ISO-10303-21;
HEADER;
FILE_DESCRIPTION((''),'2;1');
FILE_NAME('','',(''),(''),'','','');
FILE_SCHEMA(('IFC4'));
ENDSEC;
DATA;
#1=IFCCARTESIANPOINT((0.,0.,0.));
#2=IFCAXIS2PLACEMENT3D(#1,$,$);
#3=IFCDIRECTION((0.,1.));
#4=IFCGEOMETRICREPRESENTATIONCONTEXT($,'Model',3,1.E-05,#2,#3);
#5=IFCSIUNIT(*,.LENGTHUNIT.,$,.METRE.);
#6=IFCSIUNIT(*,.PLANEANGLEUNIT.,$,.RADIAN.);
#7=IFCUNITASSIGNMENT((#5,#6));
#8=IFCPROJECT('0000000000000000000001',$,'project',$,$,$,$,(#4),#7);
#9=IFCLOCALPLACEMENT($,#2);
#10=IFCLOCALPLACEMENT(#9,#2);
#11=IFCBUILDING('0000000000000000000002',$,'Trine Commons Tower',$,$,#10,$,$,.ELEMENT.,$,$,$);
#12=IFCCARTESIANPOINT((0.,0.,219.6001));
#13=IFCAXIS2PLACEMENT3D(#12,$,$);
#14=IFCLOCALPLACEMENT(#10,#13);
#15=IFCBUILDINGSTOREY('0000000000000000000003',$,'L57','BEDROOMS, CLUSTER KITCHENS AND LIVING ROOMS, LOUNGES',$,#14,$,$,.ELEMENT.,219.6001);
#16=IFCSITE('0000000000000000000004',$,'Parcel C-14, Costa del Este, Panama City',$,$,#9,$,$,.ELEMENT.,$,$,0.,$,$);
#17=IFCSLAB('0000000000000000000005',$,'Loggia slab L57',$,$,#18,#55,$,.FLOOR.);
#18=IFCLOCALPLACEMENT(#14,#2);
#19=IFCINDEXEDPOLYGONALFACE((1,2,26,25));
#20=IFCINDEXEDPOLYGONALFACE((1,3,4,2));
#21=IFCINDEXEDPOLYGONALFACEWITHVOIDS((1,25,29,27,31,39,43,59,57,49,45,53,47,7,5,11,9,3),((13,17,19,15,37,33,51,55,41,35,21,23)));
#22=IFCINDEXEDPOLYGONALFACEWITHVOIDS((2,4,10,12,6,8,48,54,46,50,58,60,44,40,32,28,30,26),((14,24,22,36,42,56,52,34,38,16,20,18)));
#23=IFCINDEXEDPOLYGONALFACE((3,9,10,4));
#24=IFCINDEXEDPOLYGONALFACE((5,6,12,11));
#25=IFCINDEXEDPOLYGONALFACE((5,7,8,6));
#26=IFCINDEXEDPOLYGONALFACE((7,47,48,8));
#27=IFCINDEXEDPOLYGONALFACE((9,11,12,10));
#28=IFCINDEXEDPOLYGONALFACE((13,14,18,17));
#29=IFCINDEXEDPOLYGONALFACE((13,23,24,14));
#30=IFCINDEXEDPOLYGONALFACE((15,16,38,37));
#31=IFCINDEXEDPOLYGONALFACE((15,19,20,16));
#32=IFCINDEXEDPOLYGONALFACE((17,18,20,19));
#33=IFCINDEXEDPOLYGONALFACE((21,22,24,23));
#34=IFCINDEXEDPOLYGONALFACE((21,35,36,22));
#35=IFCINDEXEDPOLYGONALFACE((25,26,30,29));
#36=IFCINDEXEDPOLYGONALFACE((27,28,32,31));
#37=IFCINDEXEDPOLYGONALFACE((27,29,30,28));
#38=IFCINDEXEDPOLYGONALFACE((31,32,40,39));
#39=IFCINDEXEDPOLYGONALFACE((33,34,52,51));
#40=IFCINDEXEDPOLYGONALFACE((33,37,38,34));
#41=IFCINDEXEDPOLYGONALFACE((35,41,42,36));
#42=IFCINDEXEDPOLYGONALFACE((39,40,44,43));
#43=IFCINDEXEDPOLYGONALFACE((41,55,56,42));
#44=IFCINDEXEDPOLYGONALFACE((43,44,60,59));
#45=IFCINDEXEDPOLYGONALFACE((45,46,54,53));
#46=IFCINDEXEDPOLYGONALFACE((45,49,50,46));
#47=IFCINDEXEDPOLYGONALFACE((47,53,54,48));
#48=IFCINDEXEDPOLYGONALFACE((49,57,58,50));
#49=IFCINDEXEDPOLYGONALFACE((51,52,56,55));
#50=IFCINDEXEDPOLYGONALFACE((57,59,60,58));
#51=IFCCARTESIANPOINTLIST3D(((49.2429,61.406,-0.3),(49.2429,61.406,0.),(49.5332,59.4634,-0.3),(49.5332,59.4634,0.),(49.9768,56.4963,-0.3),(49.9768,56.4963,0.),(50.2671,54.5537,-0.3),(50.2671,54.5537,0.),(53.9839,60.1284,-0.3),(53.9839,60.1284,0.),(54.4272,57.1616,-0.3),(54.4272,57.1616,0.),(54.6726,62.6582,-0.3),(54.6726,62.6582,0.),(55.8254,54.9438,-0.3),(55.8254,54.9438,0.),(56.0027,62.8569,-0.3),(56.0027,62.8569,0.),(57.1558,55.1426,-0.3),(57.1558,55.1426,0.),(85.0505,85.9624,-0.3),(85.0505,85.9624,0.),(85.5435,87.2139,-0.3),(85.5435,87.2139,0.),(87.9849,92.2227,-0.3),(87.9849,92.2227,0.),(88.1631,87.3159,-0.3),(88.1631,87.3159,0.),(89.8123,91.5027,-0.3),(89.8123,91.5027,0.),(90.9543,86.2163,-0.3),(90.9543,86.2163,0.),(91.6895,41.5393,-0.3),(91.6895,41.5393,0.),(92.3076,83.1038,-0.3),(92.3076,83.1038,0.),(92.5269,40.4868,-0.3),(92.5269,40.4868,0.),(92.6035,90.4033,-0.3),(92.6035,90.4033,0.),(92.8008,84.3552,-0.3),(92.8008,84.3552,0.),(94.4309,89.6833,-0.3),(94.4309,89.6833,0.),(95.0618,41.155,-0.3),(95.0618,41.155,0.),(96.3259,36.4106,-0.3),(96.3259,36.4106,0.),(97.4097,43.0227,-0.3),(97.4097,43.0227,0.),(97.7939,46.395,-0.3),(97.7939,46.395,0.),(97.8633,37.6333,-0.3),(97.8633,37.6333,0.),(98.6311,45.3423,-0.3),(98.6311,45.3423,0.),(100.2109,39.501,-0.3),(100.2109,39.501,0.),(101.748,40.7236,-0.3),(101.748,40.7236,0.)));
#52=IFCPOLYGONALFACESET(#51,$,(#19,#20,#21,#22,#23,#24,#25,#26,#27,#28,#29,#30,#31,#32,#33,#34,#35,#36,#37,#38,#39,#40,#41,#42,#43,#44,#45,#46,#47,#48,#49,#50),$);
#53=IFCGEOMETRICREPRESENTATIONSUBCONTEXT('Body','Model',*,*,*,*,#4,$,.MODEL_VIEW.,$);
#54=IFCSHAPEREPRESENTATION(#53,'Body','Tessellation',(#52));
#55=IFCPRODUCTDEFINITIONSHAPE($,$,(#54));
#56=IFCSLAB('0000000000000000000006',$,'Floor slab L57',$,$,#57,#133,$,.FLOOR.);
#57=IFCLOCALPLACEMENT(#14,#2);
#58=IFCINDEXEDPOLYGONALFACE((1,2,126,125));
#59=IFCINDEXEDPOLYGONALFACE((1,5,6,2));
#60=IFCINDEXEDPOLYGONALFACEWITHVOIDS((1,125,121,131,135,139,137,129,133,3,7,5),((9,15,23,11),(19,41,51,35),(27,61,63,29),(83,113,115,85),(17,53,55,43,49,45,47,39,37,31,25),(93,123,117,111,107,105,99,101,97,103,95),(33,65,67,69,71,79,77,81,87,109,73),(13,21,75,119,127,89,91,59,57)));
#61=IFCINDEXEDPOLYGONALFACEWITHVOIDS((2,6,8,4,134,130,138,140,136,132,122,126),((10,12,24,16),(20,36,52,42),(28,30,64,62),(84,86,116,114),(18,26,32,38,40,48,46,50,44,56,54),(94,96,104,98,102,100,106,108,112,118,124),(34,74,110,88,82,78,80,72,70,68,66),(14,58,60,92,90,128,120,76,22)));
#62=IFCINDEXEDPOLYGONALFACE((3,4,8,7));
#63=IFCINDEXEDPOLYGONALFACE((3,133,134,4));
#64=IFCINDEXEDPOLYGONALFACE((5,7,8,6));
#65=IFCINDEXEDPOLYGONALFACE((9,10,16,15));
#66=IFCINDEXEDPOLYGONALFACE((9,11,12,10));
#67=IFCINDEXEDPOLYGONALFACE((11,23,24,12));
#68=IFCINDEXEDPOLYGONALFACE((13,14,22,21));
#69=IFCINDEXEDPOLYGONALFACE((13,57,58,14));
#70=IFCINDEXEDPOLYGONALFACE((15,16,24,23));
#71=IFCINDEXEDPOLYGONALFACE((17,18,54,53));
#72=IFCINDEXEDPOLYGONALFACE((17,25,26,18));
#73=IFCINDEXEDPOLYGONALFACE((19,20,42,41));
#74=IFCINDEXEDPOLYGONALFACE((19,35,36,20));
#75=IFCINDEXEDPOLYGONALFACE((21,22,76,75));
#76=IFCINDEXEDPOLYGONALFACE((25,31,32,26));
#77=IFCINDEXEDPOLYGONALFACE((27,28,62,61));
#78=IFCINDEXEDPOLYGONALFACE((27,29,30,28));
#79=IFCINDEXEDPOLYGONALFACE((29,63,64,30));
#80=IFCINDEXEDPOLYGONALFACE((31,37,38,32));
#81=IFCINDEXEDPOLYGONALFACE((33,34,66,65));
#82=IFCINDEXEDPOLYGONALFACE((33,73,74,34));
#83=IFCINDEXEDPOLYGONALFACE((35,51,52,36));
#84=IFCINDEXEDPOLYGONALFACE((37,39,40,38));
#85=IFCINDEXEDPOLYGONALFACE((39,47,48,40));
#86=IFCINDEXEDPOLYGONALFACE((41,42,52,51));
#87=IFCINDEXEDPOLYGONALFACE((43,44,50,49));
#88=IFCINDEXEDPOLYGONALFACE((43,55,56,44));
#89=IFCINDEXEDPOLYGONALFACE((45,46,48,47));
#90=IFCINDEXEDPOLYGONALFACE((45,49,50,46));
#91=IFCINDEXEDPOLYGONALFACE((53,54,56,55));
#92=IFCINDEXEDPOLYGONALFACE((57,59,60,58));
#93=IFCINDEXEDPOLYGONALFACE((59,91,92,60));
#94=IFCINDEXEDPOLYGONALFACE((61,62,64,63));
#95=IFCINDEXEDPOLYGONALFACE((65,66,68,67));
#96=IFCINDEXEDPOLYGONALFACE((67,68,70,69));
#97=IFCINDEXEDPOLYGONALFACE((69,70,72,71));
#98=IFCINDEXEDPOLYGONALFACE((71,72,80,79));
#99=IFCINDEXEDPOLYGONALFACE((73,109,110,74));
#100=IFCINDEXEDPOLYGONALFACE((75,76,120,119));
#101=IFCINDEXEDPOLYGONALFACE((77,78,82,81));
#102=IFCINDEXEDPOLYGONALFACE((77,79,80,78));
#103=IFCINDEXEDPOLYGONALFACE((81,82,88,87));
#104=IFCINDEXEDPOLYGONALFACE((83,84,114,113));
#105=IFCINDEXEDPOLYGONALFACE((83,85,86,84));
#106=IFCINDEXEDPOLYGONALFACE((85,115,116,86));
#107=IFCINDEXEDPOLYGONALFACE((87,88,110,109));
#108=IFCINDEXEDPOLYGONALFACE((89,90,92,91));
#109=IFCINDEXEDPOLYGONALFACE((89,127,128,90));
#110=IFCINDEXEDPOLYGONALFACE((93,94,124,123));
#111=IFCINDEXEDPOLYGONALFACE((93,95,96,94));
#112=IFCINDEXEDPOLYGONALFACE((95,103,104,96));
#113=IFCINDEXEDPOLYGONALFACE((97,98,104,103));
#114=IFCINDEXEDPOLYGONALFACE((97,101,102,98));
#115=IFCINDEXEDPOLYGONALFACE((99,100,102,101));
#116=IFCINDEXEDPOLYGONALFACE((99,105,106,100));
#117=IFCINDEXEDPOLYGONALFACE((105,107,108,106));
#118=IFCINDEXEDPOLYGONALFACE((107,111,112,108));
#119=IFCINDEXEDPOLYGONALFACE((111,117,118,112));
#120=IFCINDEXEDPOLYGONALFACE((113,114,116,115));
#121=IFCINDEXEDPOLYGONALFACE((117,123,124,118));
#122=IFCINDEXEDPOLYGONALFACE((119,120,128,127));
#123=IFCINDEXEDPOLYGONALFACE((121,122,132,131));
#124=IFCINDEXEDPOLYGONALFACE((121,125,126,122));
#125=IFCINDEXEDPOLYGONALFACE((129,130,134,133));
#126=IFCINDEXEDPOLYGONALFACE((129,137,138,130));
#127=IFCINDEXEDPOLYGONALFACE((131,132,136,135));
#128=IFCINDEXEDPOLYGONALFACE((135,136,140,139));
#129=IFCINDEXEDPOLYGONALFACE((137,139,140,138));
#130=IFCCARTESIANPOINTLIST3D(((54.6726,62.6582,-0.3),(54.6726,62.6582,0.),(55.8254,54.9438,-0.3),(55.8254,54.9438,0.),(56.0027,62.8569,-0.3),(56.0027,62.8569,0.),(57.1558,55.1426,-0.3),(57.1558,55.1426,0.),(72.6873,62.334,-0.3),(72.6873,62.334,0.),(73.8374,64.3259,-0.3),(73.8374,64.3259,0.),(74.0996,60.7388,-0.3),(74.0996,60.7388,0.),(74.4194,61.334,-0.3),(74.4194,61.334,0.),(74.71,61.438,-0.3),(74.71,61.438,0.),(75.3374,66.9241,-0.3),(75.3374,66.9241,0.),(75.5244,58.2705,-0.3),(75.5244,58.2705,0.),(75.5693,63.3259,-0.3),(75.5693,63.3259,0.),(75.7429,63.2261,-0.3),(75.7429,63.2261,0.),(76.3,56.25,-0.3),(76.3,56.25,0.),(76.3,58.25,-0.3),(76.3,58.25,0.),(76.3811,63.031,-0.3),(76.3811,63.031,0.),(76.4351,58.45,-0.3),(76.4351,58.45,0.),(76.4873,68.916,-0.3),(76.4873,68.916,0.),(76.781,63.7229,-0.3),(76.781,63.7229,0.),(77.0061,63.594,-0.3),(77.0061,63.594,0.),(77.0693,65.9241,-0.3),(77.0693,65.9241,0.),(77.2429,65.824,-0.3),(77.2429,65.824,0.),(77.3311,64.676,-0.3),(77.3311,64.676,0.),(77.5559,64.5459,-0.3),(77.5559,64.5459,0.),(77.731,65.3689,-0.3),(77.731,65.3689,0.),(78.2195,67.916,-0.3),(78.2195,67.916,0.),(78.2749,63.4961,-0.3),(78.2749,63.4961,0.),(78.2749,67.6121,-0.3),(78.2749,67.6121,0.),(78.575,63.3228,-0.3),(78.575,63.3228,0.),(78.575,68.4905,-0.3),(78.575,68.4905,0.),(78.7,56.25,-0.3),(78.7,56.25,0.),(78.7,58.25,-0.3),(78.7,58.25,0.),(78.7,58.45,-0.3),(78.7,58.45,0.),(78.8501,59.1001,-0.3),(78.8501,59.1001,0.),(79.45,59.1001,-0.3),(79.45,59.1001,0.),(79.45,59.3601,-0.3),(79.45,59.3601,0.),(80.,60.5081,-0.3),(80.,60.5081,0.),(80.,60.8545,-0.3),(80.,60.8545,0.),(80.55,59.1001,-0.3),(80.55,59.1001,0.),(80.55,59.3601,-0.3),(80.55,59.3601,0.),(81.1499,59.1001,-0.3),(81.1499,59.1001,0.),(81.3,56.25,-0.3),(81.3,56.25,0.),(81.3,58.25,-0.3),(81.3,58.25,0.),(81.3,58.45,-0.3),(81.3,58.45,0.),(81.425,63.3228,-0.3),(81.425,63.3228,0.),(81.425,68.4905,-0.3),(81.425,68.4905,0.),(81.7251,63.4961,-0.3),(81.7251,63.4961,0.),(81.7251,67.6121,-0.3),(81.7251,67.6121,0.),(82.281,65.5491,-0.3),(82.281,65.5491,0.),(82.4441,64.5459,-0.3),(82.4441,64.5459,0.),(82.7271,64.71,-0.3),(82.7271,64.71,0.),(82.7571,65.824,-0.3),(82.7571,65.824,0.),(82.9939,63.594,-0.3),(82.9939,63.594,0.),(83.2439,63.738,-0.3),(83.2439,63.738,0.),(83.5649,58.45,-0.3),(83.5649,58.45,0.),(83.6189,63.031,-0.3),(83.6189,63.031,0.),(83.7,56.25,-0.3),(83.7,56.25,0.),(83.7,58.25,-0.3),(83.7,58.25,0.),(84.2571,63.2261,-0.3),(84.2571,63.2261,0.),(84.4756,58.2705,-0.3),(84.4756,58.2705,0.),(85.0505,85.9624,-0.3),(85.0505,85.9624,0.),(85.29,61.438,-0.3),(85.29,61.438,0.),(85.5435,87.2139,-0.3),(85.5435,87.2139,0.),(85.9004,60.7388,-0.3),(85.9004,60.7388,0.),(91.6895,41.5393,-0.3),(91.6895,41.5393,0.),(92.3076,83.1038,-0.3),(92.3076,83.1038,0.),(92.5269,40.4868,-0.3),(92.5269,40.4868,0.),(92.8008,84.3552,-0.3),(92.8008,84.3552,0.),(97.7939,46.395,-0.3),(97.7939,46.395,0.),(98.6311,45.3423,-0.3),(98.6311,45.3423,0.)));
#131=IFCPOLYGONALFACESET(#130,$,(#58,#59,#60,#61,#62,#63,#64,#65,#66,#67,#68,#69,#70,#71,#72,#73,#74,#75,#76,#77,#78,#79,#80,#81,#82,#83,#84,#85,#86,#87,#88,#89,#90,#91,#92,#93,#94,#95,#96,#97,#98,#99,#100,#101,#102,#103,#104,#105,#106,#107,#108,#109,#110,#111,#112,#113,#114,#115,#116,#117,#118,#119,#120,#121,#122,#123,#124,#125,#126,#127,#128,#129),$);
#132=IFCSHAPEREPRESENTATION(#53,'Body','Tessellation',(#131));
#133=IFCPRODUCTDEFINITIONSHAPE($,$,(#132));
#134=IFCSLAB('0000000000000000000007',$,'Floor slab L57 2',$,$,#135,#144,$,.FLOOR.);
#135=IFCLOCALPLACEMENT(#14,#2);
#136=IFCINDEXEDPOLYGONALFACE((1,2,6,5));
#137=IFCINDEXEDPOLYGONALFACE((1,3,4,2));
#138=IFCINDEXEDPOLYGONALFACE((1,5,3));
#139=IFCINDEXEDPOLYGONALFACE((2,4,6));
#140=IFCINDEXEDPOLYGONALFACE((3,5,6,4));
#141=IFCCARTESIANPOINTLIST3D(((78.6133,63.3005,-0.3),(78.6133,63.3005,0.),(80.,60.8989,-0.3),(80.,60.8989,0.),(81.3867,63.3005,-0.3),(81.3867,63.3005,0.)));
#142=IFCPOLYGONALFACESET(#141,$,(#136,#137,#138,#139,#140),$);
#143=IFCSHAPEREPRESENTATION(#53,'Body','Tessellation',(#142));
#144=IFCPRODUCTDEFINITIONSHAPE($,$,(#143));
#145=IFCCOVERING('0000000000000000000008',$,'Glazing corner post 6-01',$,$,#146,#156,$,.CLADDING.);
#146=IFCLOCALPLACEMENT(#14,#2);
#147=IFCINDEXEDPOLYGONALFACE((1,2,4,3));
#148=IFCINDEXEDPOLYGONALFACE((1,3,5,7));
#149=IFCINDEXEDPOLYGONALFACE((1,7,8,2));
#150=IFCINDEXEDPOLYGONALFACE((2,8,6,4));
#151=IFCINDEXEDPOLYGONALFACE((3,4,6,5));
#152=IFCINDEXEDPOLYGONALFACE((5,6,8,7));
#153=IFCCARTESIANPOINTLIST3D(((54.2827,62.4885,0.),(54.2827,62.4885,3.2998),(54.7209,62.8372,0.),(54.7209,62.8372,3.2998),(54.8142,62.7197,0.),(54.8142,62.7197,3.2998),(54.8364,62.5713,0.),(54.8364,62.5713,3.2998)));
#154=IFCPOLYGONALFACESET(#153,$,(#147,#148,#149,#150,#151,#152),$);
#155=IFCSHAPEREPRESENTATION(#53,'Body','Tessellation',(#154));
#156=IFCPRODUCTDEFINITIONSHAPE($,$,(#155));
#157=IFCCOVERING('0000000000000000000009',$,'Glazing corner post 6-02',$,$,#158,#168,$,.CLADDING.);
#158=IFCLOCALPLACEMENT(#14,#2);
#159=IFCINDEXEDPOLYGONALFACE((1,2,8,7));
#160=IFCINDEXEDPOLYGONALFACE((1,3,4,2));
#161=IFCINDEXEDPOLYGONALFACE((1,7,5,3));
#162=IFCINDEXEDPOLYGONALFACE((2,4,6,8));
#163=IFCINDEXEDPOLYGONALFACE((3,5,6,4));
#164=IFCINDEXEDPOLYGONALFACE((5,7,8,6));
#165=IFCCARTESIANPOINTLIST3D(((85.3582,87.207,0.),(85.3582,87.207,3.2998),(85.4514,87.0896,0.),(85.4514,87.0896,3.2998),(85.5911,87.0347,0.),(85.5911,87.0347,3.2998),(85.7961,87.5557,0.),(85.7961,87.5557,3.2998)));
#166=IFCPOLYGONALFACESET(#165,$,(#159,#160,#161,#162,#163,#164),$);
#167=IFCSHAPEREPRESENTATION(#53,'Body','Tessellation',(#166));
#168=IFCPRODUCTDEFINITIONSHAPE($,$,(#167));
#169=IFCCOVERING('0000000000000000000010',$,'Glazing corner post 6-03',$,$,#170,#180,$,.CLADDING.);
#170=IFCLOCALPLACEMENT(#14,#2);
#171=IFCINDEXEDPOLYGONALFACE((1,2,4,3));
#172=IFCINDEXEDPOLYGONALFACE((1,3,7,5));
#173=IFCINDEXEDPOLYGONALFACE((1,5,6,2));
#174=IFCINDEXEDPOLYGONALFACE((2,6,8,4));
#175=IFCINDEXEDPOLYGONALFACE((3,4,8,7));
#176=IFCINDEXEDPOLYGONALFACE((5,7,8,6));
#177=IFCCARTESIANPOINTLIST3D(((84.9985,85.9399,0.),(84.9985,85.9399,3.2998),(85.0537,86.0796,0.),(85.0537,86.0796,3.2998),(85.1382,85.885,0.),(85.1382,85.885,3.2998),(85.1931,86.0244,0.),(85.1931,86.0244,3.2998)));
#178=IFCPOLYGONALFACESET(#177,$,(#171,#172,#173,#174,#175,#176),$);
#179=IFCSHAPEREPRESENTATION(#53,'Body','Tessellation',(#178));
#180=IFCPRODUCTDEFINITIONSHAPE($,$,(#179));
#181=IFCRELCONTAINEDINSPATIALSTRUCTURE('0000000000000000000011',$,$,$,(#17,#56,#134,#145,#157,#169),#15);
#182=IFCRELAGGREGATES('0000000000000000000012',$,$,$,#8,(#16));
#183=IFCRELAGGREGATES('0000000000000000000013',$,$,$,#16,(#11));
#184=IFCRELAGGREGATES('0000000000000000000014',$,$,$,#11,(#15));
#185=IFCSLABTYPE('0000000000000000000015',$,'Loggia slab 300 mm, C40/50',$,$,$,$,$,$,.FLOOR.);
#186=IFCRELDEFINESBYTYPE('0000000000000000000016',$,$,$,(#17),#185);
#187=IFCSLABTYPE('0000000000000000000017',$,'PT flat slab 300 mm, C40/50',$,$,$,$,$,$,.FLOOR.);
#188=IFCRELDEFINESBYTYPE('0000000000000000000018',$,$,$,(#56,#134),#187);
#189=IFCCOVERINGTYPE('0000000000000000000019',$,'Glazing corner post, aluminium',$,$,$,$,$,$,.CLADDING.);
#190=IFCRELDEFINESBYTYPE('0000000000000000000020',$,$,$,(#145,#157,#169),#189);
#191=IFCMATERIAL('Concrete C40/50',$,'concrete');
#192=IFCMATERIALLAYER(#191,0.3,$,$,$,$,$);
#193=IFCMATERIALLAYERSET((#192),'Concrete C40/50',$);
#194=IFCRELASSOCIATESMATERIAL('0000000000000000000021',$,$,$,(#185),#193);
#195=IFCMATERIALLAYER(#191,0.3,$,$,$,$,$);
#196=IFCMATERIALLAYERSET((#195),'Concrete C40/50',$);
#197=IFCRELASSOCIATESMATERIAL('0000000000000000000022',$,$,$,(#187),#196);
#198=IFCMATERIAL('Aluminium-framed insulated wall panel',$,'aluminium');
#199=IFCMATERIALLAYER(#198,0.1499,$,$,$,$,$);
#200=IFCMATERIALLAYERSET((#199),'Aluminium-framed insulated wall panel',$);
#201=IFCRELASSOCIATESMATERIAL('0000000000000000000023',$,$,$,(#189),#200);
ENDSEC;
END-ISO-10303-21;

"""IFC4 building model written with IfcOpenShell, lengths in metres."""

from ifc_helpers import new_model, si_unit, direction, frame, origin, place, context, subcontext, project, spatial, polyline, outline, extrude, material, layer, layer_set, type_object, element, save


model = new_model("IFC4")

# Units and contexts
model_context = context("Model", 3, precision=1e-05, world=origin(), true_north=direction((0.0, 1.0)))
body_context = subcontext(model_context, "Body", "Model", "MODEL_VIEW")
ifc_project = project(units=[si_unit("LENGTHUNIT", "METRE"), si_unit("PLANEANGLEUNIT", "RADIAN")], contexts=[model_context])

# Site, building, storey
site_placement = place(None, origin())
site = spatial("IfcSite", under=ifc_project, at=site_placement, Name="Parcel C-14, Costa del Este, Panama City", CompositionType="ELEMENT", RefElevation=0.0)
building_placement = place(site_placement, origin())
building = spatial("IfcBuilding", under=site, at=building_placement, Name="Trine Commons Tower", CompositionType="ELEMENT")
storey_placement = place(building_placement, frame((0.0, 0.0, 219.6001)))
storey = spatial("IfcBuildingStorey", under=building, at=storey_placement, Name="L57", Description="BEDROOMS, CLUSTER KITCHENS AND LIVING ROOMS, LOUNGES", CompositionType="ELEMENT", Elevation=219.6001)

# Slabs
ifc_material_1 = material(Name="Concrete C40/50", Category="concrete")
ifc_layer_1 = layer(ifc_material_1, 0.3)
ifc_layer_set_1 = layer_set([ifc_layer_1], Name="Concrete C40/50")
slab_type_1 = type_object("IfcSlabType", Name="Loggia slab 300 mm, C40/50", PredefinedType="FLOOR", material=ifc_layer_set_1)
slab_1_placement = place(storey_placement, frame((0.0, 0.0, -0.3)))
element("IfcSlab", 1, at=slab_1_placement, inside=storey, type_object=slab_type_1, Name="Loggia slab L57", PredefinedType="FLOOR", context=body_context, shape_type="SweptSolid", body=[
    extrude(outline(polyline([(101.748, 40.7236), (94.4309, 89.6833), (92.6035, 90.4033), (90.9543, 86.2163), (88.1631, 87.3159), (89.8123, 91.5027), (87.9849, 92.2227), (49.2429, 61.406), (49.5332, 59.4634), (53.9839, 60.1284), (54.4272, 57.1616), (49.9768, 56.4963), (50.2671, 54.5537), (96.3259, 36.4106), (97.8633, 37.6333), (95.0618, 41.155), (97.4097, 43.0227), (100.2109, 39.501), (101.748, 40.7236)]), holes=[polyline([(56.0027, 62.8569), (57.1558, 55.1426), (55.8254, 54.9438), (92.5269, 40.4868), (91.6895, 41.5393), (97.7939, 46.395), (98.6311, 45.3423), (92.8008, 84.3552), (92.3076, 83.1038), (85.0505, 85.9624), (85.5435, 87.2139), (54.6726, 62.6582), (56.0027, 62.8569)])]), origin(), (0.0, 0.0, 1.0), 0.3),
])
ifc_layer_2 = layer(ifc_material_1, 0.3)
ifc_layer_set_2 = layer_set([ifc_layer_2], Name="Concrete C40/50")
slab_type_2 = type_object("IfcSlabType", Name="PT flat slab 300 mm, C40/50", PredefinedType="FLOOR", material=ifc_layer_set_2)
slab_2_placement = place(storey_placement, frame((0.0, 0.0, -0.3)))
element("IfcSlab", 2, at=slab_2_placement, inside=storey, type_object=slab_type_2, Name="Floor slab L57", PredefinedType="FLOOR", context=body_context, shape_type="SweptSolid", body=[
    extrude(outline(polyline([(54.6726, 62.6582), (56.0027, 62.8569), (57.1558, 55.1426), (55.8254, 54.9438), (92.5269, 40.4868), (91.6895, 41.5393), (97.7939, 46.395), (98.6311, 45.3423), (92.8008, 84.3552), (92.3076, 83.1038), (85.0505, 85.9624), (85.5435, 87.2139), (54.6726, 62.6582)]), holes=[polyline([(78.7, 56.25), (78.7, 58.25), (76.3, 58.25), (76.3, 56.25), (78.7, 56.25)]), polyline([(83.7, 56.25), (83.7, 58.25), (81.3, 58.25), (81.3, 56.25), (83.7, 56.25)]), polyline([(81.3, 58.45), (83.5649, 58.45), (80.0, 60.5081), (76.4351, 58.45), (78.7, 58.45), (78.8501, 59.1001), (79.45, 59.1001), (79.45, 59.3601), (80.55, 59.3601), (80.55, 59.1001), (81.1499, 59.1001), (81.3, 58.45)]), polyline([(81.425, 63.3228), (81.425, 68.4905), (78.575, 68.4905), (78.575, 63.3228), (74.0996, 60.7388), (75.5244, 58.2705), (80.0, 60.8545), (84.4756, 58.2705), (85.9004, 60.7388), (81.425, 63.3228)]), polyline([(72.6873, 62.334), (74.4194, 61.334), (75.5693, 63.3259), (73.8374, 64.3259), (72.6873, 62.334)]), polyline([(76.3811, 63.031), (75.7429, 63.2261), (74.71, 61.438), (78.2749, 63.4961), (78.2749, 67.6121), (77.2429, 65.824), (77.731, 65.3689), (77.3311, 64.676), (77.5559, 64.5459), (77.0061, 63.594), (76.781, 63.7229), (76.3811, 63.031)]), polyline([(82.9939, 63.594), (82.4441, 64.5459), (82.7271, 64.71), (82.281, 65.5491), (82.7571, 65.824), (81.7251, 67.6121), (81.7251, 63.4961), (85.29, 61.438), (84.2571, 63.2261), (83.6189, 63.031), (83.2439, 63.738), (82.9939, 63.594)]), polyline([(76.4873, 68.916), (75.3374, 66.9241), (77.0693, 65.9241), (78.2195, 67.916), (76.4873, 68.916)])]), origin(), (0.0, 0.0, 1.0), 0.3),
])
slab_3_placement = place(storey_placement, frame((0.0, 0.0, -0.3)))
element("IfcSlab", 3, at=slab_3_placement, inside=storey, type_object=slab_type_2, Name="Floor slab L57 2", PredefinedType="FLOOR", context=body_context, shape_type="SweptSolid", body=[
    extrude(outline(polyline([(81.3867, 63.3005), (78.6133, 63.3005), (80.0, 60.8989), (81.3867, 63.3005)])), origin(), (0.0, 0.0, 1.0), 0.3),
])

# Coverings
ifc_material_2 = material(Name="Aluminium-framed insulated wall panel", Category="aluminium")
ifc_layer_3 = layer(ifc_material_2, 0.1499)
ifc_layer_set_3 = layer_set([ifc_layer_3], Name="Aluminium-framed insulated wall panel")
covering_type_1 = type_object("IfcCoveringType", Name="Glazing corner post, aluminium", PredefinedType="CLADDING", material=ifc_layer_set_3)
covering_1_placement = place(storey_placement, origin())
element("IfcCovering", 4, at=covering_1_placement, inside=storey, type_object=covering_type_1, Name="Glazing corner post 6-01", PredefinedType="CLADDING", context=body_context, shape_type="SweptSolid", body=[
    extrude(outline(polyline([(54.8364, 62.5713), (54.8142, 62.7197), (54.7209, 62.8372), (54.2827, 62.4885), (54.8364, 62.5713)])), origin(), (0.0, 0.0, 1.0), 3.2998),
])
covering_2_placement = place(storey_placement, origin())
element("IfcCovering", 5, at=covering_2_placement, inside=storey, type_object=covering_type_1, Name="Glazing corner post 6-02", PredefinedType="CLADDING", context=body_context, shape_type="SweptSolid", body=[
    extrude(outline(polyline([(85.4514, 87.0896), (85.4514, 87.0896), (85.5911, 87.0347), (85.7961, 87.5557), (85.3582, 87.207), (85.4514, 87.0896)])), origin(), (0.0, 0.0, 1.0), 3.2998),
])
covering_3_placement = place(storey_placement, origin())
element("IfcCovering", 6, at=covering_3_placement, inside=storey, type_object=covering_type_1, Name="Glazing corner post 6-03", PredefinedType="CLADDING", context=body_context, shape_type="SweptSolid", body=[
    extrude(outline(polyline([(85.1382, 85.885), (85.1931, 86.0244), (85.0537, 86.0796), (84.9985, 85.9399), (85.1382, 85.885)])), origin(), (0.0, 0.0, 1.0), 3.2998),
])

save(model, "model.ifc")
